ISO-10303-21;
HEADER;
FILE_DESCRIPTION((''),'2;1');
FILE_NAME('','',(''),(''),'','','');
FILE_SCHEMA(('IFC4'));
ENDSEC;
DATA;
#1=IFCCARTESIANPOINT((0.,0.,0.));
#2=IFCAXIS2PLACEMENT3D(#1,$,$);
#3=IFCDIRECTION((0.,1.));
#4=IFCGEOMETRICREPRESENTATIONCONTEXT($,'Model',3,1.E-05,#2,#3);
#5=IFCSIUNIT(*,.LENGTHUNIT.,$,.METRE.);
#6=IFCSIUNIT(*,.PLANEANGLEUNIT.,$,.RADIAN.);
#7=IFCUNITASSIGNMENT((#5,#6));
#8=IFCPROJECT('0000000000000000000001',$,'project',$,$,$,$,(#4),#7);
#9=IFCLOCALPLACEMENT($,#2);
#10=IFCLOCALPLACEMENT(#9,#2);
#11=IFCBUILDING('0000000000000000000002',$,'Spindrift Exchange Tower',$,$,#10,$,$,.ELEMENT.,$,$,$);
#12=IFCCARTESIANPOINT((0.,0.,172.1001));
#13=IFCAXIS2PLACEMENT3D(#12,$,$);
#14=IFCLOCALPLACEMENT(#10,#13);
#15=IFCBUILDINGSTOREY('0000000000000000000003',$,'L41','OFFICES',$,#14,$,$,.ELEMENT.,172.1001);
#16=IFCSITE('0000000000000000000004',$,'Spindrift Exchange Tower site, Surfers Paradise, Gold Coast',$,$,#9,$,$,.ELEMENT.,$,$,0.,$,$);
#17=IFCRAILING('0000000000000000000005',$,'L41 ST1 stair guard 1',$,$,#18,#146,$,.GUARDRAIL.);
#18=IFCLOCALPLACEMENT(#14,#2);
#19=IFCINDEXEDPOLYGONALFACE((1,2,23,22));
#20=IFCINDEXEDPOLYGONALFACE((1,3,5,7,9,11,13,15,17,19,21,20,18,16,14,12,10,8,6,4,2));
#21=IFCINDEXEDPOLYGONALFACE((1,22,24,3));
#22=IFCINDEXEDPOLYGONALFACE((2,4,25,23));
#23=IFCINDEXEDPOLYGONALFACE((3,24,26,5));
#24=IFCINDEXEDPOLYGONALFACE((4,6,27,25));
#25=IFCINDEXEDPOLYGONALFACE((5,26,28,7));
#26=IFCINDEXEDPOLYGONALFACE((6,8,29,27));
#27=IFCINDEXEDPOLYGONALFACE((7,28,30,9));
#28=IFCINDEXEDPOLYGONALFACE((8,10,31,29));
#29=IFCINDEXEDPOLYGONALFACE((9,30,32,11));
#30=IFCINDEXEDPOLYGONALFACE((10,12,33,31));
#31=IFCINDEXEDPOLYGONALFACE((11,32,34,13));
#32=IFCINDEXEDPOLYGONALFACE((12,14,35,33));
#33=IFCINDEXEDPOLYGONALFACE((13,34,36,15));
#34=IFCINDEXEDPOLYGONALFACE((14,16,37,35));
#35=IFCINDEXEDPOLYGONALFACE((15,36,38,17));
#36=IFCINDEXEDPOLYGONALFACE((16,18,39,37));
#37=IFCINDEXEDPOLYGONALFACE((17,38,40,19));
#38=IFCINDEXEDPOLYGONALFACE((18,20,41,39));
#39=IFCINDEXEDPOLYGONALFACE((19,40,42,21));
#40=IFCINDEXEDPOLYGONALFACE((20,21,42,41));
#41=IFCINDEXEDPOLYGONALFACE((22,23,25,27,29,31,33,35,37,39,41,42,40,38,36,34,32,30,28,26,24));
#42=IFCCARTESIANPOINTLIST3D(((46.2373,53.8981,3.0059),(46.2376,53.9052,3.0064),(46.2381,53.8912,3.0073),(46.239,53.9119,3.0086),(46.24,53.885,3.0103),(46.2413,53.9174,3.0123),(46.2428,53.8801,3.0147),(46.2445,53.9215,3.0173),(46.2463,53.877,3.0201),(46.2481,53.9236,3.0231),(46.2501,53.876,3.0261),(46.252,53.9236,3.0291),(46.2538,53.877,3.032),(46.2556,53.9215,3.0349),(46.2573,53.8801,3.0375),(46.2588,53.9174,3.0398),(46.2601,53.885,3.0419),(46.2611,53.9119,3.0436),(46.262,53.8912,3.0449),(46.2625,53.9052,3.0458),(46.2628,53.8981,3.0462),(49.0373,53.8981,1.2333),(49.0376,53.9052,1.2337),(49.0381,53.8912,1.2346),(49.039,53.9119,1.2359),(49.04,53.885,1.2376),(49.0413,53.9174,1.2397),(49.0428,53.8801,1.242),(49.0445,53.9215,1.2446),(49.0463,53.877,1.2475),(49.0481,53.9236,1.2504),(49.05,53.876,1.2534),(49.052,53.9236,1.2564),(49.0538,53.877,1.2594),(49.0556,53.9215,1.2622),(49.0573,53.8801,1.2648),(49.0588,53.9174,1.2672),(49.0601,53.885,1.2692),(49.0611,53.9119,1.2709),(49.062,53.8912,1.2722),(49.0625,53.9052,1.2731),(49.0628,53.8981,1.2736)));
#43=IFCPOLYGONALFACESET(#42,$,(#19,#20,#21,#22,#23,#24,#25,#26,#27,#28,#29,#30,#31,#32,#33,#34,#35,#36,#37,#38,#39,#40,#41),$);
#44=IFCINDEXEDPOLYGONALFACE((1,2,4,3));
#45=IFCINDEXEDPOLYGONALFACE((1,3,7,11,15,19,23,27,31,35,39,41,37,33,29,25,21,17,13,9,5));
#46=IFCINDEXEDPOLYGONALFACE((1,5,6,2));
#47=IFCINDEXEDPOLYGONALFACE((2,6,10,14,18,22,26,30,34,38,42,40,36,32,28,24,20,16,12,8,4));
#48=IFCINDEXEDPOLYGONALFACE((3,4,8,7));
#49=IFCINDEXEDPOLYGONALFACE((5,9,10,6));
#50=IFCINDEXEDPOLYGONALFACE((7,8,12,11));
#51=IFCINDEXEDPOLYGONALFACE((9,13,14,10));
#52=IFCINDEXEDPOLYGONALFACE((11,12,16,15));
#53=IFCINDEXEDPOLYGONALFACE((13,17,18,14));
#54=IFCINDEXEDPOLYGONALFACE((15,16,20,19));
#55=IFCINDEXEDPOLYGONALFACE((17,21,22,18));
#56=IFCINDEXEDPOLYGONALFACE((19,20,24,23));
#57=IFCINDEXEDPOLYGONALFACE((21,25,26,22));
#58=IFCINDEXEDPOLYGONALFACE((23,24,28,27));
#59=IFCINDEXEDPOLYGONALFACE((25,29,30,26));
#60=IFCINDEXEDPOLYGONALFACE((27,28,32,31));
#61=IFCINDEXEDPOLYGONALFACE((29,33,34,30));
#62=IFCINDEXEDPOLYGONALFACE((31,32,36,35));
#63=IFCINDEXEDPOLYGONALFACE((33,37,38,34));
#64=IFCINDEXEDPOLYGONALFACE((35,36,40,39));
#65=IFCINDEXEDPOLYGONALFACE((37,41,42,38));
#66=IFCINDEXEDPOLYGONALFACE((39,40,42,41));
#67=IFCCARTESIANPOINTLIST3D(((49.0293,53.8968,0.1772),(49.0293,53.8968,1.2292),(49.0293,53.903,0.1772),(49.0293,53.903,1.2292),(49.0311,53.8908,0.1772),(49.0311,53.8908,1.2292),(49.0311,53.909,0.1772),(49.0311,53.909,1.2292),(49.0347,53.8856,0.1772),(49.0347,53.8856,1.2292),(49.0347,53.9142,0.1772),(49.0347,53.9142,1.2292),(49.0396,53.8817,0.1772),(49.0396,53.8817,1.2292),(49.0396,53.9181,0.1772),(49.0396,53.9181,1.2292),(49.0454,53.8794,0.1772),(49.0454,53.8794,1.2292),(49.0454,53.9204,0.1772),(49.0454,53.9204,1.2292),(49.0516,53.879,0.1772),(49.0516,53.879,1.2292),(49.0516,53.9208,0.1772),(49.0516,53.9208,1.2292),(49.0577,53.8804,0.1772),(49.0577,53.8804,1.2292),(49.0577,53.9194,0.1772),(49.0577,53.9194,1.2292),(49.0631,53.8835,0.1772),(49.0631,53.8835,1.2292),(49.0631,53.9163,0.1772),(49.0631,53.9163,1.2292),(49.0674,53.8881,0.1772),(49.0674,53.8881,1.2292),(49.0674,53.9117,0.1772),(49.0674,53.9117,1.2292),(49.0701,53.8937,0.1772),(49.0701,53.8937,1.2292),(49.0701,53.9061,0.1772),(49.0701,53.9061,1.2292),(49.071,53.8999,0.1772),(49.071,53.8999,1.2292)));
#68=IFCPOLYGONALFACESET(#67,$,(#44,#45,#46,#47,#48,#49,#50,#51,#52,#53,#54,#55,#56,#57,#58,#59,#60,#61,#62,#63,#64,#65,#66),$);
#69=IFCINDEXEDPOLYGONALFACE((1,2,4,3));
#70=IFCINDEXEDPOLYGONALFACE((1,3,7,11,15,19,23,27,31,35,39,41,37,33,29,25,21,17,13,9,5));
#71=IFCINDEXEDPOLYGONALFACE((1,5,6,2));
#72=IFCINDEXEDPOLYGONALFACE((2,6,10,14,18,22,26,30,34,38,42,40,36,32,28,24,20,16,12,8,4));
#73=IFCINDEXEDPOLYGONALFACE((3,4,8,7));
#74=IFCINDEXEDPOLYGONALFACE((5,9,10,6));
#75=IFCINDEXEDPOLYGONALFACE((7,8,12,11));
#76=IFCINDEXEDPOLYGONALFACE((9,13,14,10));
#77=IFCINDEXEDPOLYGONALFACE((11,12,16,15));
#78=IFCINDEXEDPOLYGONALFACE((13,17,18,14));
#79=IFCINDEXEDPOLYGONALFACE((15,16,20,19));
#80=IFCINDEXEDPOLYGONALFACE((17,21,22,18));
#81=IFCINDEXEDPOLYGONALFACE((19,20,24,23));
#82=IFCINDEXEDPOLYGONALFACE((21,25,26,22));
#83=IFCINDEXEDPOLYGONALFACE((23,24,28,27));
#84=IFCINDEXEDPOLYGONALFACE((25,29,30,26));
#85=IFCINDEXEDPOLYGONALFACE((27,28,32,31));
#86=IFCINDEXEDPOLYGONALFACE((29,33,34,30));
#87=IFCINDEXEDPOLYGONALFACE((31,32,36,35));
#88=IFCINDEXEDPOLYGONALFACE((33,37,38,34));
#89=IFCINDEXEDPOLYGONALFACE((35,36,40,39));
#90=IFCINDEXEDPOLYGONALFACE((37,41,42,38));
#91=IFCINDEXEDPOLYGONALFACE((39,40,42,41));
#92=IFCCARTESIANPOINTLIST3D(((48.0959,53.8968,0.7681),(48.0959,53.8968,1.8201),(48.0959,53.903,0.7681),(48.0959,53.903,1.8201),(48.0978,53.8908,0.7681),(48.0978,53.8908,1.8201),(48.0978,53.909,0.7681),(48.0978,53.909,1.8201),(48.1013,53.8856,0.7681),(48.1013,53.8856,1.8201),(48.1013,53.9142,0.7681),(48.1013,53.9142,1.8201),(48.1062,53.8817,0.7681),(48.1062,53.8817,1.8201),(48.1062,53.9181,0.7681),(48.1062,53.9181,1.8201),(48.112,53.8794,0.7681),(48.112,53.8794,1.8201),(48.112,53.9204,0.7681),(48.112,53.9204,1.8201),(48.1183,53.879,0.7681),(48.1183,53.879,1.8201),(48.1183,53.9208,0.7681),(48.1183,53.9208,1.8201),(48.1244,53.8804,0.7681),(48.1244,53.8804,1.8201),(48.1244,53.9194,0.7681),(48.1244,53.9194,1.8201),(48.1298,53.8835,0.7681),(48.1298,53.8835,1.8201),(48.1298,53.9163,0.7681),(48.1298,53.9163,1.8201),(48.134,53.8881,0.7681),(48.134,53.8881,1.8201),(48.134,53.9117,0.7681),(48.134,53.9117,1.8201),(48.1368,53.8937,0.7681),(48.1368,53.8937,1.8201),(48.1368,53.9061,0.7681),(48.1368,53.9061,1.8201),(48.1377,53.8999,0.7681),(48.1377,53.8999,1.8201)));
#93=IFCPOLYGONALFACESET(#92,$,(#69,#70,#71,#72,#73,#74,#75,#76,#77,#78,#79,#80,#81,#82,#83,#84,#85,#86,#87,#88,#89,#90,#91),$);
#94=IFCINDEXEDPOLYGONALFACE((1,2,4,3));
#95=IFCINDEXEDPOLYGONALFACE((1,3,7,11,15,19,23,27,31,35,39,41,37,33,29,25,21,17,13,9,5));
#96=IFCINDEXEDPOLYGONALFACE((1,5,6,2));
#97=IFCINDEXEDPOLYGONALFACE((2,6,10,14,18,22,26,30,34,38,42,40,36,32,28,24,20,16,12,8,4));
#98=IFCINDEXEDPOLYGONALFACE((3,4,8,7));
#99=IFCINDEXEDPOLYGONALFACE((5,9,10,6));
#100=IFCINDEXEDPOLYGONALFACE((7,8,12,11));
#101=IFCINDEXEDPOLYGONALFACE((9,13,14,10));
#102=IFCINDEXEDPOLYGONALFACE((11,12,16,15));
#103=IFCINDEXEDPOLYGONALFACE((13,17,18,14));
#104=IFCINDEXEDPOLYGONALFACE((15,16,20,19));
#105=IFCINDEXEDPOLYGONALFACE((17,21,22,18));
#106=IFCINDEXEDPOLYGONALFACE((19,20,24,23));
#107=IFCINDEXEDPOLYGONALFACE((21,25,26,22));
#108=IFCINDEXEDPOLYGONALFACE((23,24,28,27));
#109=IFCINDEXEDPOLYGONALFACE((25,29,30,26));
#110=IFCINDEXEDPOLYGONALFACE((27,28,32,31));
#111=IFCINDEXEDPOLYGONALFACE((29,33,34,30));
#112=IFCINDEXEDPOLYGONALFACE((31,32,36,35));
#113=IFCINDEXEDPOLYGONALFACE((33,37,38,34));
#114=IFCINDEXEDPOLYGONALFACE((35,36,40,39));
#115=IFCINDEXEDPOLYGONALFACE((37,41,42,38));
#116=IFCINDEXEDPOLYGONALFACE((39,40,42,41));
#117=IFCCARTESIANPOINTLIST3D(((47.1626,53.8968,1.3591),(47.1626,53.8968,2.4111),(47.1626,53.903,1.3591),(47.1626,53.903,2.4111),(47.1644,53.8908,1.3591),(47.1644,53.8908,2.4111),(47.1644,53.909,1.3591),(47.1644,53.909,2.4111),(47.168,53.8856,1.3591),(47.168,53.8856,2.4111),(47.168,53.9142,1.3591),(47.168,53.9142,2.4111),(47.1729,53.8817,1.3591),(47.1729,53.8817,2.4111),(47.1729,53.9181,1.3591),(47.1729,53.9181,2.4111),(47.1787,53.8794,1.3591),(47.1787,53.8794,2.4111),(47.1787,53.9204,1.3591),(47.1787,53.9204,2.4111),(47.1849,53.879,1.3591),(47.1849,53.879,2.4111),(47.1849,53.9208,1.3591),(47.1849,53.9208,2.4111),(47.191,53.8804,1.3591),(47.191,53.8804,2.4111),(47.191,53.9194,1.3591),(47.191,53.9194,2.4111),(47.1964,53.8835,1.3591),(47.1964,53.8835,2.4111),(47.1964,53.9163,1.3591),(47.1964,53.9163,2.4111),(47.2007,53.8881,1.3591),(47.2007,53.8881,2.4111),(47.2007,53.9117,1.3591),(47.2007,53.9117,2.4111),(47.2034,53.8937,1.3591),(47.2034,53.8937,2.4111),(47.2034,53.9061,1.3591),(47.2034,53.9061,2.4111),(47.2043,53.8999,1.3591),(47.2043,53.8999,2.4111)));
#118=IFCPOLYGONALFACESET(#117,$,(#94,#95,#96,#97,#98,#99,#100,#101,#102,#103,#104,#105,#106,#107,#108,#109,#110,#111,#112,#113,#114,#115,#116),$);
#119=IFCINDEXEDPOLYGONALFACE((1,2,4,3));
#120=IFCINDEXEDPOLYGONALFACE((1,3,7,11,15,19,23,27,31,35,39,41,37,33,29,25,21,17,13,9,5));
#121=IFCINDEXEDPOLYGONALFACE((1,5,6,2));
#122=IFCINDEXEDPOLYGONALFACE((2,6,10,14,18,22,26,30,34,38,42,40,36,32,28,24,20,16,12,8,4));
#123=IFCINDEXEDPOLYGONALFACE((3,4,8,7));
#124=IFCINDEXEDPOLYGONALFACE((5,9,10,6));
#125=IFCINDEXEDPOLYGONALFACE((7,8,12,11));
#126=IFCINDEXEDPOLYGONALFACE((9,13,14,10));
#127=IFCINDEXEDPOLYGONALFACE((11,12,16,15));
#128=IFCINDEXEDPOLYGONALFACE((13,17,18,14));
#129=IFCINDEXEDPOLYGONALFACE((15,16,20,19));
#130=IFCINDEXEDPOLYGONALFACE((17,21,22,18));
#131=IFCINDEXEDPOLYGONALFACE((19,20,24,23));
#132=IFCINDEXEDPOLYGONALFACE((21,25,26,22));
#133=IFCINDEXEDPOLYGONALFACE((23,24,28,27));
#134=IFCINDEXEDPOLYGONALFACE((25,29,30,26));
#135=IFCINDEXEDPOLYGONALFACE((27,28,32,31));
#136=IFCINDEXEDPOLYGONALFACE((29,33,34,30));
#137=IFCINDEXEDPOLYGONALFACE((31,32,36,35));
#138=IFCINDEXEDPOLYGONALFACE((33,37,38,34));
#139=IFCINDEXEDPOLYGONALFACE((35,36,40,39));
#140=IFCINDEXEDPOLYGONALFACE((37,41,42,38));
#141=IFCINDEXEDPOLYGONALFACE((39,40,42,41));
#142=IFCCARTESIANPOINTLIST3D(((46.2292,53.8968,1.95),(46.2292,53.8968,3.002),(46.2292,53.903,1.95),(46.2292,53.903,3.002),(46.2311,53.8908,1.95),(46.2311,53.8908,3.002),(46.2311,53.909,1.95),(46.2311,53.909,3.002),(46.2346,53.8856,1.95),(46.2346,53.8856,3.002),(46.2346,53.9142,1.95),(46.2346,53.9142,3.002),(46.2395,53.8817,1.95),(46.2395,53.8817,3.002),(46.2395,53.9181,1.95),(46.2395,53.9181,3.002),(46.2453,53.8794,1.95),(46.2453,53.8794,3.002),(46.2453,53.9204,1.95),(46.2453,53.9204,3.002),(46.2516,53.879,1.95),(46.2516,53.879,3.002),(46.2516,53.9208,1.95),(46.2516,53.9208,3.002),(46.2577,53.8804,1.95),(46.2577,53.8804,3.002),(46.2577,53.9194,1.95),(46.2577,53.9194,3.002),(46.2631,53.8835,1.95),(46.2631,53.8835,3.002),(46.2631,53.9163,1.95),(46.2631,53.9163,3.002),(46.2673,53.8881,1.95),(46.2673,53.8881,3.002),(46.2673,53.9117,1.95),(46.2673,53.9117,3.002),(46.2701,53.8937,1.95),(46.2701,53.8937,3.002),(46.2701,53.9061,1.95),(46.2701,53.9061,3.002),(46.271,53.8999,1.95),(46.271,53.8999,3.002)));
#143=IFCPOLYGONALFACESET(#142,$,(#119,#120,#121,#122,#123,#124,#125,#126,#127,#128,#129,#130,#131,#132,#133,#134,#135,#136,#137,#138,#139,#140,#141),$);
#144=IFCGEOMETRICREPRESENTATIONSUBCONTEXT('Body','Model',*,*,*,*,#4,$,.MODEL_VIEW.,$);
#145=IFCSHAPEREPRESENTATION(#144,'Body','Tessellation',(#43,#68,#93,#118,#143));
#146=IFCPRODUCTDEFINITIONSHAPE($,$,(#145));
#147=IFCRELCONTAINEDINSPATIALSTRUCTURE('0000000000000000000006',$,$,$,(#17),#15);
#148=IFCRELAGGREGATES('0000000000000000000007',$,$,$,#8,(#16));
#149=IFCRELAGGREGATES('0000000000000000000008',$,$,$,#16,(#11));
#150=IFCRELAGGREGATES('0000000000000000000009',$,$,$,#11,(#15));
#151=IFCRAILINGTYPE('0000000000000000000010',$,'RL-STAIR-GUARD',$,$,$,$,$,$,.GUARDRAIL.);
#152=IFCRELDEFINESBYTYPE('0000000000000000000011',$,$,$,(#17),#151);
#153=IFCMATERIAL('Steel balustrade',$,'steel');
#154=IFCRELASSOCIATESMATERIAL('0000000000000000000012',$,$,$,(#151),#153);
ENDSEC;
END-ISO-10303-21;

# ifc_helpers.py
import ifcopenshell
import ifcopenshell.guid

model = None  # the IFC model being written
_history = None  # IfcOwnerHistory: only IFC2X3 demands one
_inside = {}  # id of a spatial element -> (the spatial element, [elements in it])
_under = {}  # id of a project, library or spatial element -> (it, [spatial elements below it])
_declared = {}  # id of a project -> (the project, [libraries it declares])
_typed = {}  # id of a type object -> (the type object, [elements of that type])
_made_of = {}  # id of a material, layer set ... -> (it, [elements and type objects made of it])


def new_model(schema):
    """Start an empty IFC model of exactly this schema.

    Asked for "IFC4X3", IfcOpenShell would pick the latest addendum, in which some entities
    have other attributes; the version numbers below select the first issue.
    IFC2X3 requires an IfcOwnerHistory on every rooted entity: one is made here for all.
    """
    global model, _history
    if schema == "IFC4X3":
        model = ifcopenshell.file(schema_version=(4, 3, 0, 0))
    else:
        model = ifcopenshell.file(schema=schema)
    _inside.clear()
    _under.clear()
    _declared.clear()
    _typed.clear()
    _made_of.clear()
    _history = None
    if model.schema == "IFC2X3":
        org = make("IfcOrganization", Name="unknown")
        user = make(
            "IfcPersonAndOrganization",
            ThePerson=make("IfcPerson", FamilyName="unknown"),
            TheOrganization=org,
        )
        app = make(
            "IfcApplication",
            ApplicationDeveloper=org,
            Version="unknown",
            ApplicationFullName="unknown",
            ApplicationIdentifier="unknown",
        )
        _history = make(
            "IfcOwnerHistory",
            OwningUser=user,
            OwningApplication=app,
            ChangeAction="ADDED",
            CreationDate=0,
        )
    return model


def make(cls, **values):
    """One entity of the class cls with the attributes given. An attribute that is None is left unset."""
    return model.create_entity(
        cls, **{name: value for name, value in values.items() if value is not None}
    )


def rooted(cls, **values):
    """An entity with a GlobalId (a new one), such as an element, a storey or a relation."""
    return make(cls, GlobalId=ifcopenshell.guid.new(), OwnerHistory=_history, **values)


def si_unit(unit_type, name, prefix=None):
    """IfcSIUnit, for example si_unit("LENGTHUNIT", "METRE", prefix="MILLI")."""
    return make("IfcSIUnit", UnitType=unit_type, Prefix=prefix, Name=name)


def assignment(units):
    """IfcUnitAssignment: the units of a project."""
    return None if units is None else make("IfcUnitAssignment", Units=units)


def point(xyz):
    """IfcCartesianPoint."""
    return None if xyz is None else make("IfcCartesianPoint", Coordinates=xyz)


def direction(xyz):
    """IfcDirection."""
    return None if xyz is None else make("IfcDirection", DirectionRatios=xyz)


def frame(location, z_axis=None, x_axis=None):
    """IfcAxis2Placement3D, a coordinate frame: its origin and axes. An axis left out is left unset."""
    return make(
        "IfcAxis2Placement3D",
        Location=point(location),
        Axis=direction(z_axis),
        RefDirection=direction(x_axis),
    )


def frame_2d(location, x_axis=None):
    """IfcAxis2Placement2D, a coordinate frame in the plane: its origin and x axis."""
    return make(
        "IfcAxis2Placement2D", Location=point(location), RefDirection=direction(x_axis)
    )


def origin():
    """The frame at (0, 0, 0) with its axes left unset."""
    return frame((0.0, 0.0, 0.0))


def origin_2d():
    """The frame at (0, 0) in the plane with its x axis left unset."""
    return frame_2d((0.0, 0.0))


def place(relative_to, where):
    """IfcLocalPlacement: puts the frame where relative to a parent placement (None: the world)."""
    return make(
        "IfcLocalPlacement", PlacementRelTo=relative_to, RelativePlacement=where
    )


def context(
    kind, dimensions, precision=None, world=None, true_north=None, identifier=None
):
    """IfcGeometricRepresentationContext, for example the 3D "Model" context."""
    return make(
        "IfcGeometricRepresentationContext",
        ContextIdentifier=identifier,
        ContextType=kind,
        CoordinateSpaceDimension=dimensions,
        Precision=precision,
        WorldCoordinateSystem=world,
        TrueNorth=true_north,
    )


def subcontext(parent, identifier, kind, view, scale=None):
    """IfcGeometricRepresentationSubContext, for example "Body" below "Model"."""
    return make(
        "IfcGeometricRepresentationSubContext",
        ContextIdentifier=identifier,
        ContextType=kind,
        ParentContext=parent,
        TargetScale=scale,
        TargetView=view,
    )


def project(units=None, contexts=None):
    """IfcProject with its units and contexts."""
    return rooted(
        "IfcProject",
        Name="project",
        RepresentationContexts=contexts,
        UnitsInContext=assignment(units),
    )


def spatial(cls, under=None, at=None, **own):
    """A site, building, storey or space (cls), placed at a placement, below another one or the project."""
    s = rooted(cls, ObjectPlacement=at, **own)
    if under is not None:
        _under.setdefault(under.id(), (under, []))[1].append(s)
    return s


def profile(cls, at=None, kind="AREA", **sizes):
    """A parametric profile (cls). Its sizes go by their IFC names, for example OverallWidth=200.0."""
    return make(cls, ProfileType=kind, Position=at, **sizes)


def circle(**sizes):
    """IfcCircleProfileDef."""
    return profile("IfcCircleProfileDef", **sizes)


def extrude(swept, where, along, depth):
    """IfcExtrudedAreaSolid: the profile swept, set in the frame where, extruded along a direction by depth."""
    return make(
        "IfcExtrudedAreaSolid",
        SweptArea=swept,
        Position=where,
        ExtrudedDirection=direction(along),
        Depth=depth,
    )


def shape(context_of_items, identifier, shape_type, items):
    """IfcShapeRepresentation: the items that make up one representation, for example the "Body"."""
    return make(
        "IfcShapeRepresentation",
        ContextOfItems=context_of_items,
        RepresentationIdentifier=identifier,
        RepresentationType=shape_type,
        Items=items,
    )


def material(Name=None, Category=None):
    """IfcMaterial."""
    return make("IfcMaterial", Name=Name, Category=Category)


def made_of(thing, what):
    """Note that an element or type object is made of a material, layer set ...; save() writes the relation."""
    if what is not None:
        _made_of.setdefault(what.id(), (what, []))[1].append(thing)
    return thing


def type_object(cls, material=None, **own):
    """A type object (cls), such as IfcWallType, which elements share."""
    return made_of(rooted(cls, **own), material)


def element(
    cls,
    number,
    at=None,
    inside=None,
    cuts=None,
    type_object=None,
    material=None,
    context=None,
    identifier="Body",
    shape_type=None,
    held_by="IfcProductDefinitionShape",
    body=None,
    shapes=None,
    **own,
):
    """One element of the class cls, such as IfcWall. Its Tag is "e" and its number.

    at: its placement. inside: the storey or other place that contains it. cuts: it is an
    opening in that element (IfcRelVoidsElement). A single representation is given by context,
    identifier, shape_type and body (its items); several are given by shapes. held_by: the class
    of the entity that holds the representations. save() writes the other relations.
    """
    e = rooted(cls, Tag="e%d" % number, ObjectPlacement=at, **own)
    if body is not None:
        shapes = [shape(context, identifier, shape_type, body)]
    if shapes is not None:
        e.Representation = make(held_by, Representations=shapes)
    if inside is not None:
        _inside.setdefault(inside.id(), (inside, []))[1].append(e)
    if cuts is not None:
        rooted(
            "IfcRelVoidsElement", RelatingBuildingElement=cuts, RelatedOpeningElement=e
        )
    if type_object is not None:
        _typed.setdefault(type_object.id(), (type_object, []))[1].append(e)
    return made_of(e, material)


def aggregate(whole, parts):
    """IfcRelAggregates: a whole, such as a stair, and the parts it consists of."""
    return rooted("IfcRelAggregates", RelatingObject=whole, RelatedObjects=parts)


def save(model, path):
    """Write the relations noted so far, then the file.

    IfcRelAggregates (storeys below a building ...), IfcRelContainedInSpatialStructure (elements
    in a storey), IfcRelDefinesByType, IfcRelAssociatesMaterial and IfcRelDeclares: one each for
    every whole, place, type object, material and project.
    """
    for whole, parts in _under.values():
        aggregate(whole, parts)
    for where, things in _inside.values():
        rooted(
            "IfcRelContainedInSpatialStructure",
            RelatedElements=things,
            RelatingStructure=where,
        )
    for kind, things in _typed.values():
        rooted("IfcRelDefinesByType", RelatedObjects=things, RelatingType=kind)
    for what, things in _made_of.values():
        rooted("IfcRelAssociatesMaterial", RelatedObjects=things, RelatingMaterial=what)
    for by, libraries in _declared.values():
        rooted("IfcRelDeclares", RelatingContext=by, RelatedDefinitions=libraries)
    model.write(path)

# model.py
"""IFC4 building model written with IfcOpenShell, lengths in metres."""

from ifc_helpers import new_model, si_unit, direction, frame, origin, origin_2d, place, context, subcontext, project, spatial, circle, extrude, material, type_object, element, save


model = new_model("IFC4")

# Units and contexts
model_context = context("Model", 3, precision=1e-05, world=origin(), true_north=direction((0.0, 1.0)))
body_context = subcontext(model_context, "Body", "Model", "MODEL_VIEW")
ifc_project = project(units=[si_unit("LENGTHUNIT", "METRE"), si_unit("PLANEANGLEUNIT", "RADIAN")], contexts=[model_context])

# Site, building, storey
site_placement = place(None, origin())
site = spatial("IfcSite", under=ifc_project, at=site_placement, Name="Spindrift Exchange Tower site, Surfers Paradise, Gold Coast", CompositionType="ELEMENT", RefElevation=0.0)
building_placement = place(site_placement, origin())
building = spatial("IfcBuilding", under=site, at=building_placement, Name="Spindrift Exchange Tower", CompositionType="ELEMENT")
storey_placement = place(building_placement, frame((0.0, 0.0, 172.1001)))
storey = spatial("IfcBuildingStorey", under=building, at=storey_placement, Name="L41", Description="OFFICES", CompositionType="ELEMENT", Elevation=172.1001)

# Railing
ifc_material_1 = material(Name="Steel balustrade", Category="steel")
railing_type_1 = type_object("IfcRailingType", Name="RL-STAIR-GUARD", PredefinedType="GUARDRAIL", material=ifc_material_1)
railing_1_placement = place(storey_placement, frame((49.05, 53.8999, 0.1772)))
element("IfcRailing", 1, at=railing_1_placement, inside=storey, type_object=railing_type_1, Name="L41 ST1 stair guard 1", PredefinedType="GUARDRAIL", context=body_context, shape_type="SweptSolid", body=[
    extrude(circle(Radius=0.0239, at=origin_2d()), frame((0.0, 0.0, 1.0762), z_axis=(-0.844909, 0.0, 0.53491), x_axis=(0.0, -1.0, 0.0)), (0.0, 0.0, 1.0), 3.314),
    extrude(circle(Radius=0.021, at=origin_2d()), origin(), (0.0, 0.0, 1.0), 1.052),
    extrude(circle(Radius=0.021, at=origin_2d()), frame((-0.9333, 0.0, 0.5908)), (0.0, 0.0, 1.0), 1.052),
    extrude(circle(Radius=0.021, at=origin_2d()), frame((-1.8667, 0.0, 1.1819)), (0.0, 0.0, 1.0), 1.052),
    extrude(circle(Radius=0.021, at=origin_2d()), frame((-2.8, 0.0, 1.7727)), (0.0, 0.0, 1.0), 1.052),
])

save(model, "model.ifc")
